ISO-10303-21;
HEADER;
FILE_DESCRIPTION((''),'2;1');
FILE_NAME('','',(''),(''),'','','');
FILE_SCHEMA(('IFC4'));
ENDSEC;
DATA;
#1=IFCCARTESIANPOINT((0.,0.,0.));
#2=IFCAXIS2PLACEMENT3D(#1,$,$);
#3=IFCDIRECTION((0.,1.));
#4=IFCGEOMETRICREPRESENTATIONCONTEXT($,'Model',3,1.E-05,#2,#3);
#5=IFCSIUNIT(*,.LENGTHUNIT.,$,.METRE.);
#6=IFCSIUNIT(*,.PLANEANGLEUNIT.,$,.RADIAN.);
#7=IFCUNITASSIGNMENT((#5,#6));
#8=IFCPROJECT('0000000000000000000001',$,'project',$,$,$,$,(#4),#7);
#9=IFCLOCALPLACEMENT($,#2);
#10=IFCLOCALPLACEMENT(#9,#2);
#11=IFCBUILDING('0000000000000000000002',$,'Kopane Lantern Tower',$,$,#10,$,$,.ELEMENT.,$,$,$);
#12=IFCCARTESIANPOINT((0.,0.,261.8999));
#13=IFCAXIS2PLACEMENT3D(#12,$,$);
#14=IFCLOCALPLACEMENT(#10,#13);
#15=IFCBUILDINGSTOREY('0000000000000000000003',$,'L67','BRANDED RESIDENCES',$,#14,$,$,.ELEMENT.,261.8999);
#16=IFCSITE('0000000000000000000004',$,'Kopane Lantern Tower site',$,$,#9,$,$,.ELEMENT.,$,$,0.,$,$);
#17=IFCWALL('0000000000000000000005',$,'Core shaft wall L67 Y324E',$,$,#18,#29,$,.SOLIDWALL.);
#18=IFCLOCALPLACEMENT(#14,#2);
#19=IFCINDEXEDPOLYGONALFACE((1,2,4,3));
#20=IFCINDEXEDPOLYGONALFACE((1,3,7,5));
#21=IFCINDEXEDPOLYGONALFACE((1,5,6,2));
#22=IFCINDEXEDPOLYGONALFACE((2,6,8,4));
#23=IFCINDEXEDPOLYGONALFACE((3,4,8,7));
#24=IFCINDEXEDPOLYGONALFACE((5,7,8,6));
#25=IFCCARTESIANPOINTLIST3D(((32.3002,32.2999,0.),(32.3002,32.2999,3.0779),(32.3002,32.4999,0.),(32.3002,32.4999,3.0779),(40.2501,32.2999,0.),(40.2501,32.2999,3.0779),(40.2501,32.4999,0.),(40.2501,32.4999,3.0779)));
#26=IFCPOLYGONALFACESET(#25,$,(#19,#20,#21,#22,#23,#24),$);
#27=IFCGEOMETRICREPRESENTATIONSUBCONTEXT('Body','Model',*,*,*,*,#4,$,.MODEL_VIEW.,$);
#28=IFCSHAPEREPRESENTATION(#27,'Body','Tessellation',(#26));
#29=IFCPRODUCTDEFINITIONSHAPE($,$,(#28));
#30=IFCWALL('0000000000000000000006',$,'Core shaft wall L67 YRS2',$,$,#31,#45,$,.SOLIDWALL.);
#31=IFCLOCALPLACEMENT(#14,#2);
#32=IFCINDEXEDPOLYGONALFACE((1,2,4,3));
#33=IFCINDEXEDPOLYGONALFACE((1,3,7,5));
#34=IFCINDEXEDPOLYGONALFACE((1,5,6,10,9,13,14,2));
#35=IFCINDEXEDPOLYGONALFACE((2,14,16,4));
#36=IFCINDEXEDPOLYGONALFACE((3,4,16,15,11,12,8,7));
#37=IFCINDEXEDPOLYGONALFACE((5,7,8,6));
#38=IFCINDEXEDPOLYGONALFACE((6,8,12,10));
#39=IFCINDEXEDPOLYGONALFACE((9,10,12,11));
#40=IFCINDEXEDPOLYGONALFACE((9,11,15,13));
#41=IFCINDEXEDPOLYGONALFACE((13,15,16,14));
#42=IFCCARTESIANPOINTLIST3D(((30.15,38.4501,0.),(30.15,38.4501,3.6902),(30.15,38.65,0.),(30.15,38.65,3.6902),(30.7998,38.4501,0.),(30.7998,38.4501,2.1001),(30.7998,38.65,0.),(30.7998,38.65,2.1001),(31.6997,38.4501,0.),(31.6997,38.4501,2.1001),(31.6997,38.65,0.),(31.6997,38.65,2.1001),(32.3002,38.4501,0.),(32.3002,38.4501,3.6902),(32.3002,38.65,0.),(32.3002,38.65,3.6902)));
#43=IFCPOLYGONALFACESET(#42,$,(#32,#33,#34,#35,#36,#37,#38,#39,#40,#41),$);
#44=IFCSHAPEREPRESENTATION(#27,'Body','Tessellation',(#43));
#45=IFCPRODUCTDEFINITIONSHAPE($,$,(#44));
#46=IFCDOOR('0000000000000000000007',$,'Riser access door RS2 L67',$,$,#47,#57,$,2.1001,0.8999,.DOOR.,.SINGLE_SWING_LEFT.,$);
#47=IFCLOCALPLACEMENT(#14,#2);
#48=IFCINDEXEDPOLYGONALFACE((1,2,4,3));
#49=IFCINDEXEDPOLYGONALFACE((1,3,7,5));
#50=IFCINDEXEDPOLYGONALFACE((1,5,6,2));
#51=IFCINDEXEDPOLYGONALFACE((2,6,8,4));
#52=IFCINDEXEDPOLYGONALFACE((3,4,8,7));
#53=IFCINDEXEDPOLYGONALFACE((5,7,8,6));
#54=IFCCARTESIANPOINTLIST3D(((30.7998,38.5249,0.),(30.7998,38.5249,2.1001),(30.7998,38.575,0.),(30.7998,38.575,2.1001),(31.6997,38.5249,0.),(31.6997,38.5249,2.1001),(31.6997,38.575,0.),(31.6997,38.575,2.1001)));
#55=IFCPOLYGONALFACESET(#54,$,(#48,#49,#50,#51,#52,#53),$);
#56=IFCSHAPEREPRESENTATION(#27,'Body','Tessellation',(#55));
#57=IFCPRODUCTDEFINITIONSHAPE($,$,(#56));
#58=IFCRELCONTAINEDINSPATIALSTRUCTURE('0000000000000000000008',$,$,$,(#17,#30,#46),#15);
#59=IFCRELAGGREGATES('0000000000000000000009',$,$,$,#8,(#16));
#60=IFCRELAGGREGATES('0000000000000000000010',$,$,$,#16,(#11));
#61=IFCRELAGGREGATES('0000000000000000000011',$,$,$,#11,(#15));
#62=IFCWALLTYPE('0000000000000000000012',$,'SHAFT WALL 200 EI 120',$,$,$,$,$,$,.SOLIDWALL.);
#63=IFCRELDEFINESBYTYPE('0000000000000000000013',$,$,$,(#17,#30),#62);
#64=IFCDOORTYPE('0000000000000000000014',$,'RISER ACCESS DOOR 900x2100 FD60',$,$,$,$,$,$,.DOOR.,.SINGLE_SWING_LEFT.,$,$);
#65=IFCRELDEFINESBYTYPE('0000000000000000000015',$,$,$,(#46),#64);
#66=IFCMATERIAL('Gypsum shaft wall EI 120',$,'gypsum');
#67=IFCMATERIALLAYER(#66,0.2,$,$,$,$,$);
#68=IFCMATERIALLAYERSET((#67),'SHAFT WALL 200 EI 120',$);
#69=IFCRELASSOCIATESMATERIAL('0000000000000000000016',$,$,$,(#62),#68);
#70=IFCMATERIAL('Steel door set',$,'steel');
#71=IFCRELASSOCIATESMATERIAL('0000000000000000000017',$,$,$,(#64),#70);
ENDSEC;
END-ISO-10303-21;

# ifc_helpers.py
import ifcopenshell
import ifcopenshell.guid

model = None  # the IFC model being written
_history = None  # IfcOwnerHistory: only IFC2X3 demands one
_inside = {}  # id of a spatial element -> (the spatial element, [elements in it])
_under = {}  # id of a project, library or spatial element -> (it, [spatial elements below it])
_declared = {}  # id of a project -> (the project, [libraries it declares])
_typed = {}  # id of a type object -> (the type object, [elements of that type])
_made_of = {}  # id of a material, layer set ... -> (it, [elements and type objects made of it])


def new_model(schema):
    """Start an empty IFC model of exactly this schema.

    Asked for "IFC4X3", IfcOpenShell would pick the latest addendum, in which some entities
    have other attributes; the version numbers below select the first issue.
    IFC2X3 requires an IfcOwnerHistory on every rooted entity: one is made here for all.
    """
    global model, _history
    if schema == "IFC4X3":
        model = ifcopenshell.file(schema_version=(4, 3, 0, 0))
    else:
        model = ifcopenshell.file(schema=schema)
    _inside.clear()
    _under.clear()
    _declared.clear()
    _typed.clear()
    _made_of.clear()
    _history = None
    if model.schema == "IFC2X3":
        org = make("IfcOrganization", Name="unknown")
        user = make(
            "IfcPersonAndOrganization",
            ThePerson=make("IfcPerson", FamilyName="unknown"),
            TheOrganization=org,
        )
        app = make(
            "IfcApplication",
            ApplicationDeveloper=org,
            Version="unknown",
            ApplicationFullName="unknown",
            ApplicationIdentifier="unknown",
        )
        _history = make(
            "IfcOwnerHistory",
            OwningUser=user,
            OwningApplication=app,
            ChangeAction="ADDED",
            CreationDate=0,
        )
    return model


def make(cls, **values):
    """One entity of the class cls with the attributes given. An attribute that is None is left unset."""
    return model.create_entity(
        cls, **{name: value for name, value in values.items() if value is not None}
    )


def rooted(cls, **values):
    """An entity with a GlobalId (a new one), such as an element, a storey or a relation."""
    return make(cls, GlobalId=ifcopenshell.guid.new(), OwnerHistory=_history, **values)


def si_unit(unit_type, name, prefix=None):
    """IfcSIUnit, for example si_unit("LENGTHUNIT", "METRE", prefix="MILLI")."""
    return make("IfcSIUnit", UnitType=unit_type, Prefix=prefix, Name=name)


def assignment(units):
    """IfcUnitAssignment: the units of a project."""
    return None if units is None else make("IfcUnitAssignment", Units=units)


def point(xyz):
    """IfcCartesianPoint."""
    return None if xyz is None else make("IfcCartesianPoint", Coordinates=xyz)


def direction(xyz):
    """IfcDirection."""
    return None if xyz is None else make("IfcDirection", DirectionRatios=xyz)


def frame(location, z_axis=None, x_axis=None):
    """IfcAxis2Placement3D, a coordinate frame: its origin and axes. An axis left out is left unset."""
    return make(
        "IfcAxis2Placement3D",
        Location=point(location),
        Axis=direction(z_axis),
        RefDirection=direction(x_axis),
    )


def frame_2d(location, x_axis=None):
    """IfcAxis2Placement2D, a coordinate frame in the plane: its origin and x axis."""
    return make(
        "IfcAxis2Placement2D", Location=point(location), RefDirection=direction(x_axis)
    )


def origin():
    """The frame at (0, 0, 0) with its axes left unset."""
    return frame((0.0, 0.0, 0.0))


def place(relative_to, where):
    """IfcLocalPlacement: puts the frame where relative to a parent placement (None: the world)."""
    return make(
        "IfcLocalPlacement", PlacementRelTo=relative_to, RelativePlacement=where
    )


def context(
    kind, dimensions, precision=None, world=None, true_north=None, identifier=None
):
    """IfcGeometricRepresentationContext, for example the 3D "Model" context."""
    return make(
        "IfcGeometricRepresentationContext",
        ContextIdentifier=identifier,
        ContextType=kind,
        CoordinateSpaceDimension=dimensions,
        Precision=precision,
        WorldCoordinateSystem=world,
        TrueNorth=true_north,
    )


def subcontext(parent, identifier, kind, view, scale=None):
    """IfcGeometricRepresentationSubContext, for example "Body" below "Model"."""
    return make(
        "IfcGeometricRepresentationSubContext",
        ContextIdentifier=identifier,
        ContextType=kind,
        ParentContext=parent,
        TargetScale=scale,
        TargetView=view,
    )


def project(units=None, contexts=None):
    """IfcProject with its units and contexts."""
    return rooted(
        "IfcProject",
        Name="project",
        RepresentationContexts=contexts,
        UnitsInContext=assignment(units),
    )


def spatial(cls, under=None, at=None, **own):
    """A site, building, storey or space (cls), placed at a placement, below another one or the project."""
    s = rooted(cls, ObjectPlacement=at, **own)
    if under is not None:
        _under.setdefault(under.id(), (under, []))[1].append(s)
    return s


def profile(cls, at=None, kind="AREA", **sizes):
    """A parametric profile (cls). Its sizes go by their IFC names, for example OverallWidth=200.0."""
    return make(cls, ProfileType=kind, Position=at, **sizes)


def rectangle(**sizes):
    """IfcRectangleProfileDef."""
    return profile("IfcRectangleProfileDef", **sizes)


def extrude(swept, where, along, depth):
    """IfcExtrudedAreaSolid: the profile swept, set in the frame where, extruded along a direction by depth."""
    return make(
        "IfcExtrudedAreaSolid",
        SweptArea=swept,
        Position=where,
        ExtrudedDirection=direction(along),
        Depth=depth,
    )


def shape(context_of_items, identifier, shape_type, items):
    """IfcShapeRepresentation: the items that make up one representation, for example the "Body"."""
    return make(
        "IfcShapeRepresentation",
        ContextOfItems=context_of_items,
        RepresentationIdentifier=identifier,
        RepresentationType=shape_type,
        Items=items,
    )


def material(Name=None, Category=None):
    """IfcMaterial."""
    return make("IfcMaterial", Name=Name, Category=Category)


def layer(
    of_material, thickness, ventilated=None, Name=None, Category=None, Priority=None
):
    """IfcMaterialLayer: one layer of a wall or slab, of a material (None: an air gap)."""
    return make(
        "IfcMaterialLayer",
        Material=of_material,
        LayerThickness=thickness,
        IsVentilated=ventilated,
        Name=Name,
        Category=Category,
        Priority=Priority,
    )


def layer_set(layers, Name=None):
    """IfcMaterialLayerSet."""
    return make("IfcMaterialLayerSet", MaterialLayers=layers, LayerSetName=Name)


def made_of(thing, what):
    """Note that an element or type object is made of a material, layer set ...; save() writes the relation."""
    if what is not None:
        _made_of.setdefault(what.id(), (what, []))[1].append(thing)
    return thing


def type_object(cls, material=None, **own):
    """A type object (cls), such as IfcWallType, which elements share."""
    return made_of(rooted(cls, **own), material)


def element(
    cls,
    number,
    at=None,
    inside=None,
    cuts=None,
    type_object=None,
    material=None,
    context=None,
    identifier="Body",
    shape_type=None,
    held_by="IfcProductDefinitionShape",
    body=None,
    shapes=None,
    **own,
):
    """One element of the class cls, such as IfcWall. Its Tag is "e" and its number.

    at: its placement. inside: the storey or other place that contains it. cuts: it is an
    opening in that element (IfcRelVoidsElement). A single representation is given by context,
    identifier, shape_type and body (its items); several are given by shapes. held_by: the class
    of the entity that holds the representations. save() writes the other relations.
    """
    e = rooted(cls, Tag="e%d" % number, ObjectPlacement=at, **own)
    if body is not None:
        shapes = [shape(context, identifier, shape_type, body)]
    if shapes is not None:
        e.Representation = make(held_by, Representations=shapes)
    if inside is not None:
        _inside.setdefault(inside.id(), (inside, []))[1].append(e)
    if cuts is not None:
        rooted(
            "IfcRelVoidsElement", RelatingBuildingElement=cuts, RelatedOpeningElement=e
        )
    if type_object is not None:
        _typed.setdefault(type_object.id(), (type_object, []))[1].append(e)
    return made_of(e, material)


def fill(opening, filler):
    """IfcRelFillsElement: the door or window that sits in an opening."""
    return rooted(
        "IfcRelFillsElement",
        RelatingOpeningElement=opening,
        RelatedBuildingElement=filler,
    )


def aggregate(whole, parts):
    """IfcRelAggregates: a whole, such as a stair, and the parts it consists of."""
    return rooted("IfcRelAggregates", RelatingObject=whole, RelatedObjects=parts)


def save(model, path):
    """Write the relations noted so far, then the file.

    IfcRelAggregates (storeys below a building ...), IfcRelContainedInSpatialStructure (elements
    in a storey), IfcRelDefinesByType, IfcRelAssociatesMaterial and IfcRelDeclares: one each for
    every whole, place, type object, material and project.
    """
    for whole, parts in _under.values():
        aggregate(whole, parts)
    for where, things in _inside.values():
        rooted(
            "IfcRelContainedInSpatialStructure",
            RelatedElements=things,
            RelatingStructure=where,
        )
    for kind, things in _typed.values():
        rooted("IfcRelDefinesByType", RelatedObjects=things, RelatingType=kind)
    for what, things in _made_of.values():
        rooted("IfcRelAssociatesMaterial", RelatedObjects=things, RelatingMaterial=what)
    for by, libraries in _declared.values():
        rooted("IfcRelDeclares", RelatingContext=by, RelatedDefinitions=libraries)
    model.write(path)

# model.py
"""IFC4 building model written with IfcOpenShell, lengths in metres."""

from ifc_helpers import new_model, si_unit, direction, frame, frame_2d, origin, place, context, subcontext, project, spatial, rectangle, extrude, material, layer, layer_set, type_object, element, fill, save


model = new_model("IFC4")

# Units and contexts
model_context = context("Model", 3, precision=1e-05, world=origin(), true_north=direction((0.0, 1.0)))
body_context = subcontext(model_context, "Body", "Model", "MODEL_VIEW")
ifc_project = project(units=[si_unit("LENGTHUNIT", "METRE"), si_unit("PLANEANGLEUNIT", "RADIAN")], contexts=[model_context])

# Site, building, storey
site_placement = place(None, origin())
site = spatial("IfcSite", under=ifc_project, at=site_placement, Name="Kopane Lantern Tower site", CompositionType="ELEMENT", RefElevation=0.0)
building_placement = place(site_placement, origin())
building = spatial("IfcBuilding", under=site, at=building_placement, Name="Kopane Lantern Tower", CompositionType="ELEMENT")
storey_placement = place(building_placement, frame((0.0, 0.0, 261.8999)))
storey = spatial("IfcBuildingStorey", under=building, at=storey_placement, Name="L67", Description="BRANDED RESIDENCES", CompositionType="ELEMENT", Elevation=261.8999)

# Shared definitions
ifc_material_1 = material(Name="Gypsum shaft wall EI 120", Category="gypsum")
ifc_layer_1 = layer(ifc_material_1, 0.2)
ifc_layer_set_1 = layer_set([ifc_layer_1], Name="SHAFT WALL 200 EI 120")
wall_type_1 = type_object("IfcWallType", Name="SHAFT WALL 200 EI 120", PredefinedType="SOLIDWALL", material=ifc_layer_set_1)

# Shared definitions
ifc_material_2 = material(Name="Steel door set", Category="steel")
door_type_1 = type_object("IfcDoorType", Name="RISER ACCESS DOOR 900x2100 FD60", OperationType="SINGLE_SWING_LEFT", PredefinedType="DOOR", material=ifc_material_2)

# Wall
wall_1_placement = place(storey_placement, frame((32.3, 32.3999, 0.0), z_axis=(0.0, 0.0, 1.0), x_axis=(1.0, 0.0, 0.0)))
element("IfcWall", 1, at=wall_1_placement, inside=storey, type_object=wall_type_1, Name="Core shaft wall L67 Y324E", PredefinedType="SOLIDWALL", context=body_context, shape_type="SweptSolid", body=[
    extrude(rectangle(XDim=7.95, YDim=0.2, at=frame_2d((3.9751, 0.0))), origin(), (0.0, 0.0, 1.0), 3.0779),
])

# Wall, opening, door
wall_2_placement = place(storey_placement, frame((30.1499, 38.55, 0.0), z_axis=(0.0, 0.0, 1.0), x_axis=(1.0, 0.0, 0.0)))
wall_2 = element("IfcWall", 2, at=wall_2_placement, inside=storey, type_object=wall_type_1, Name="Core shaft wall L67 YRS2", PredefinedType="SOLIDWALL", context=body_context, shape_type="SweptSolid", body=[
    extrude(rectangle(XDim=2.1501, YDim=0.2, at=frame_2d((1.0752, 0.0))), origin(), (0.0, 0.0, 1.0), 3.6902),
])
opening_1_placement = place(wall_2_placement, frame((0.6499, 0.0, 0.0)))
opening_1 = element("IfcOpeningElement", 3, at=opening_1_placement, cuts=wall_2, PredefinedType="OPENING", context=body_context, shape_type="SweptSolid", body=[
    extrude(rectangle(XDim=0.8999, YDim=2.1001, at=frame_2d((0.45, 1.05))), frame((0.0, 0.1099, 0.0), z_axis=(0.0, -1.0, 0.0), x_axis=(1.0, 0.0, 0.0)), (0.0, 0.0, 1.0), 0.22),
])
door_1_placement = place(opening_1_placement, origin())
door_1 = element("IfcDoor", 4, at=door_1_placement, inside=storey, type_object=door_type_1, Name="Riser access door RS2 L67", OperationType="SINGLE_SWING_LEFT", OverallHeight=2.1001, OverallWidth=0.8999, PredefinedType="DOOR", context=body_context, shape_type="SweptSolid", body=[
    extrude(rectangle(XDim=0.8999, YDim=2.1001, at=frame_2d((0.45, 1.05))), frame((0.0, 0.0249, 0.0), z_axis=(0.0, -1.0, 0.0), x_axis=(1.0, 0.0, 0.0)), (0.0, 0.0, 1.0), 0.05),
])
fill(opening_1, door_1)

save(model, "model.ifc")
